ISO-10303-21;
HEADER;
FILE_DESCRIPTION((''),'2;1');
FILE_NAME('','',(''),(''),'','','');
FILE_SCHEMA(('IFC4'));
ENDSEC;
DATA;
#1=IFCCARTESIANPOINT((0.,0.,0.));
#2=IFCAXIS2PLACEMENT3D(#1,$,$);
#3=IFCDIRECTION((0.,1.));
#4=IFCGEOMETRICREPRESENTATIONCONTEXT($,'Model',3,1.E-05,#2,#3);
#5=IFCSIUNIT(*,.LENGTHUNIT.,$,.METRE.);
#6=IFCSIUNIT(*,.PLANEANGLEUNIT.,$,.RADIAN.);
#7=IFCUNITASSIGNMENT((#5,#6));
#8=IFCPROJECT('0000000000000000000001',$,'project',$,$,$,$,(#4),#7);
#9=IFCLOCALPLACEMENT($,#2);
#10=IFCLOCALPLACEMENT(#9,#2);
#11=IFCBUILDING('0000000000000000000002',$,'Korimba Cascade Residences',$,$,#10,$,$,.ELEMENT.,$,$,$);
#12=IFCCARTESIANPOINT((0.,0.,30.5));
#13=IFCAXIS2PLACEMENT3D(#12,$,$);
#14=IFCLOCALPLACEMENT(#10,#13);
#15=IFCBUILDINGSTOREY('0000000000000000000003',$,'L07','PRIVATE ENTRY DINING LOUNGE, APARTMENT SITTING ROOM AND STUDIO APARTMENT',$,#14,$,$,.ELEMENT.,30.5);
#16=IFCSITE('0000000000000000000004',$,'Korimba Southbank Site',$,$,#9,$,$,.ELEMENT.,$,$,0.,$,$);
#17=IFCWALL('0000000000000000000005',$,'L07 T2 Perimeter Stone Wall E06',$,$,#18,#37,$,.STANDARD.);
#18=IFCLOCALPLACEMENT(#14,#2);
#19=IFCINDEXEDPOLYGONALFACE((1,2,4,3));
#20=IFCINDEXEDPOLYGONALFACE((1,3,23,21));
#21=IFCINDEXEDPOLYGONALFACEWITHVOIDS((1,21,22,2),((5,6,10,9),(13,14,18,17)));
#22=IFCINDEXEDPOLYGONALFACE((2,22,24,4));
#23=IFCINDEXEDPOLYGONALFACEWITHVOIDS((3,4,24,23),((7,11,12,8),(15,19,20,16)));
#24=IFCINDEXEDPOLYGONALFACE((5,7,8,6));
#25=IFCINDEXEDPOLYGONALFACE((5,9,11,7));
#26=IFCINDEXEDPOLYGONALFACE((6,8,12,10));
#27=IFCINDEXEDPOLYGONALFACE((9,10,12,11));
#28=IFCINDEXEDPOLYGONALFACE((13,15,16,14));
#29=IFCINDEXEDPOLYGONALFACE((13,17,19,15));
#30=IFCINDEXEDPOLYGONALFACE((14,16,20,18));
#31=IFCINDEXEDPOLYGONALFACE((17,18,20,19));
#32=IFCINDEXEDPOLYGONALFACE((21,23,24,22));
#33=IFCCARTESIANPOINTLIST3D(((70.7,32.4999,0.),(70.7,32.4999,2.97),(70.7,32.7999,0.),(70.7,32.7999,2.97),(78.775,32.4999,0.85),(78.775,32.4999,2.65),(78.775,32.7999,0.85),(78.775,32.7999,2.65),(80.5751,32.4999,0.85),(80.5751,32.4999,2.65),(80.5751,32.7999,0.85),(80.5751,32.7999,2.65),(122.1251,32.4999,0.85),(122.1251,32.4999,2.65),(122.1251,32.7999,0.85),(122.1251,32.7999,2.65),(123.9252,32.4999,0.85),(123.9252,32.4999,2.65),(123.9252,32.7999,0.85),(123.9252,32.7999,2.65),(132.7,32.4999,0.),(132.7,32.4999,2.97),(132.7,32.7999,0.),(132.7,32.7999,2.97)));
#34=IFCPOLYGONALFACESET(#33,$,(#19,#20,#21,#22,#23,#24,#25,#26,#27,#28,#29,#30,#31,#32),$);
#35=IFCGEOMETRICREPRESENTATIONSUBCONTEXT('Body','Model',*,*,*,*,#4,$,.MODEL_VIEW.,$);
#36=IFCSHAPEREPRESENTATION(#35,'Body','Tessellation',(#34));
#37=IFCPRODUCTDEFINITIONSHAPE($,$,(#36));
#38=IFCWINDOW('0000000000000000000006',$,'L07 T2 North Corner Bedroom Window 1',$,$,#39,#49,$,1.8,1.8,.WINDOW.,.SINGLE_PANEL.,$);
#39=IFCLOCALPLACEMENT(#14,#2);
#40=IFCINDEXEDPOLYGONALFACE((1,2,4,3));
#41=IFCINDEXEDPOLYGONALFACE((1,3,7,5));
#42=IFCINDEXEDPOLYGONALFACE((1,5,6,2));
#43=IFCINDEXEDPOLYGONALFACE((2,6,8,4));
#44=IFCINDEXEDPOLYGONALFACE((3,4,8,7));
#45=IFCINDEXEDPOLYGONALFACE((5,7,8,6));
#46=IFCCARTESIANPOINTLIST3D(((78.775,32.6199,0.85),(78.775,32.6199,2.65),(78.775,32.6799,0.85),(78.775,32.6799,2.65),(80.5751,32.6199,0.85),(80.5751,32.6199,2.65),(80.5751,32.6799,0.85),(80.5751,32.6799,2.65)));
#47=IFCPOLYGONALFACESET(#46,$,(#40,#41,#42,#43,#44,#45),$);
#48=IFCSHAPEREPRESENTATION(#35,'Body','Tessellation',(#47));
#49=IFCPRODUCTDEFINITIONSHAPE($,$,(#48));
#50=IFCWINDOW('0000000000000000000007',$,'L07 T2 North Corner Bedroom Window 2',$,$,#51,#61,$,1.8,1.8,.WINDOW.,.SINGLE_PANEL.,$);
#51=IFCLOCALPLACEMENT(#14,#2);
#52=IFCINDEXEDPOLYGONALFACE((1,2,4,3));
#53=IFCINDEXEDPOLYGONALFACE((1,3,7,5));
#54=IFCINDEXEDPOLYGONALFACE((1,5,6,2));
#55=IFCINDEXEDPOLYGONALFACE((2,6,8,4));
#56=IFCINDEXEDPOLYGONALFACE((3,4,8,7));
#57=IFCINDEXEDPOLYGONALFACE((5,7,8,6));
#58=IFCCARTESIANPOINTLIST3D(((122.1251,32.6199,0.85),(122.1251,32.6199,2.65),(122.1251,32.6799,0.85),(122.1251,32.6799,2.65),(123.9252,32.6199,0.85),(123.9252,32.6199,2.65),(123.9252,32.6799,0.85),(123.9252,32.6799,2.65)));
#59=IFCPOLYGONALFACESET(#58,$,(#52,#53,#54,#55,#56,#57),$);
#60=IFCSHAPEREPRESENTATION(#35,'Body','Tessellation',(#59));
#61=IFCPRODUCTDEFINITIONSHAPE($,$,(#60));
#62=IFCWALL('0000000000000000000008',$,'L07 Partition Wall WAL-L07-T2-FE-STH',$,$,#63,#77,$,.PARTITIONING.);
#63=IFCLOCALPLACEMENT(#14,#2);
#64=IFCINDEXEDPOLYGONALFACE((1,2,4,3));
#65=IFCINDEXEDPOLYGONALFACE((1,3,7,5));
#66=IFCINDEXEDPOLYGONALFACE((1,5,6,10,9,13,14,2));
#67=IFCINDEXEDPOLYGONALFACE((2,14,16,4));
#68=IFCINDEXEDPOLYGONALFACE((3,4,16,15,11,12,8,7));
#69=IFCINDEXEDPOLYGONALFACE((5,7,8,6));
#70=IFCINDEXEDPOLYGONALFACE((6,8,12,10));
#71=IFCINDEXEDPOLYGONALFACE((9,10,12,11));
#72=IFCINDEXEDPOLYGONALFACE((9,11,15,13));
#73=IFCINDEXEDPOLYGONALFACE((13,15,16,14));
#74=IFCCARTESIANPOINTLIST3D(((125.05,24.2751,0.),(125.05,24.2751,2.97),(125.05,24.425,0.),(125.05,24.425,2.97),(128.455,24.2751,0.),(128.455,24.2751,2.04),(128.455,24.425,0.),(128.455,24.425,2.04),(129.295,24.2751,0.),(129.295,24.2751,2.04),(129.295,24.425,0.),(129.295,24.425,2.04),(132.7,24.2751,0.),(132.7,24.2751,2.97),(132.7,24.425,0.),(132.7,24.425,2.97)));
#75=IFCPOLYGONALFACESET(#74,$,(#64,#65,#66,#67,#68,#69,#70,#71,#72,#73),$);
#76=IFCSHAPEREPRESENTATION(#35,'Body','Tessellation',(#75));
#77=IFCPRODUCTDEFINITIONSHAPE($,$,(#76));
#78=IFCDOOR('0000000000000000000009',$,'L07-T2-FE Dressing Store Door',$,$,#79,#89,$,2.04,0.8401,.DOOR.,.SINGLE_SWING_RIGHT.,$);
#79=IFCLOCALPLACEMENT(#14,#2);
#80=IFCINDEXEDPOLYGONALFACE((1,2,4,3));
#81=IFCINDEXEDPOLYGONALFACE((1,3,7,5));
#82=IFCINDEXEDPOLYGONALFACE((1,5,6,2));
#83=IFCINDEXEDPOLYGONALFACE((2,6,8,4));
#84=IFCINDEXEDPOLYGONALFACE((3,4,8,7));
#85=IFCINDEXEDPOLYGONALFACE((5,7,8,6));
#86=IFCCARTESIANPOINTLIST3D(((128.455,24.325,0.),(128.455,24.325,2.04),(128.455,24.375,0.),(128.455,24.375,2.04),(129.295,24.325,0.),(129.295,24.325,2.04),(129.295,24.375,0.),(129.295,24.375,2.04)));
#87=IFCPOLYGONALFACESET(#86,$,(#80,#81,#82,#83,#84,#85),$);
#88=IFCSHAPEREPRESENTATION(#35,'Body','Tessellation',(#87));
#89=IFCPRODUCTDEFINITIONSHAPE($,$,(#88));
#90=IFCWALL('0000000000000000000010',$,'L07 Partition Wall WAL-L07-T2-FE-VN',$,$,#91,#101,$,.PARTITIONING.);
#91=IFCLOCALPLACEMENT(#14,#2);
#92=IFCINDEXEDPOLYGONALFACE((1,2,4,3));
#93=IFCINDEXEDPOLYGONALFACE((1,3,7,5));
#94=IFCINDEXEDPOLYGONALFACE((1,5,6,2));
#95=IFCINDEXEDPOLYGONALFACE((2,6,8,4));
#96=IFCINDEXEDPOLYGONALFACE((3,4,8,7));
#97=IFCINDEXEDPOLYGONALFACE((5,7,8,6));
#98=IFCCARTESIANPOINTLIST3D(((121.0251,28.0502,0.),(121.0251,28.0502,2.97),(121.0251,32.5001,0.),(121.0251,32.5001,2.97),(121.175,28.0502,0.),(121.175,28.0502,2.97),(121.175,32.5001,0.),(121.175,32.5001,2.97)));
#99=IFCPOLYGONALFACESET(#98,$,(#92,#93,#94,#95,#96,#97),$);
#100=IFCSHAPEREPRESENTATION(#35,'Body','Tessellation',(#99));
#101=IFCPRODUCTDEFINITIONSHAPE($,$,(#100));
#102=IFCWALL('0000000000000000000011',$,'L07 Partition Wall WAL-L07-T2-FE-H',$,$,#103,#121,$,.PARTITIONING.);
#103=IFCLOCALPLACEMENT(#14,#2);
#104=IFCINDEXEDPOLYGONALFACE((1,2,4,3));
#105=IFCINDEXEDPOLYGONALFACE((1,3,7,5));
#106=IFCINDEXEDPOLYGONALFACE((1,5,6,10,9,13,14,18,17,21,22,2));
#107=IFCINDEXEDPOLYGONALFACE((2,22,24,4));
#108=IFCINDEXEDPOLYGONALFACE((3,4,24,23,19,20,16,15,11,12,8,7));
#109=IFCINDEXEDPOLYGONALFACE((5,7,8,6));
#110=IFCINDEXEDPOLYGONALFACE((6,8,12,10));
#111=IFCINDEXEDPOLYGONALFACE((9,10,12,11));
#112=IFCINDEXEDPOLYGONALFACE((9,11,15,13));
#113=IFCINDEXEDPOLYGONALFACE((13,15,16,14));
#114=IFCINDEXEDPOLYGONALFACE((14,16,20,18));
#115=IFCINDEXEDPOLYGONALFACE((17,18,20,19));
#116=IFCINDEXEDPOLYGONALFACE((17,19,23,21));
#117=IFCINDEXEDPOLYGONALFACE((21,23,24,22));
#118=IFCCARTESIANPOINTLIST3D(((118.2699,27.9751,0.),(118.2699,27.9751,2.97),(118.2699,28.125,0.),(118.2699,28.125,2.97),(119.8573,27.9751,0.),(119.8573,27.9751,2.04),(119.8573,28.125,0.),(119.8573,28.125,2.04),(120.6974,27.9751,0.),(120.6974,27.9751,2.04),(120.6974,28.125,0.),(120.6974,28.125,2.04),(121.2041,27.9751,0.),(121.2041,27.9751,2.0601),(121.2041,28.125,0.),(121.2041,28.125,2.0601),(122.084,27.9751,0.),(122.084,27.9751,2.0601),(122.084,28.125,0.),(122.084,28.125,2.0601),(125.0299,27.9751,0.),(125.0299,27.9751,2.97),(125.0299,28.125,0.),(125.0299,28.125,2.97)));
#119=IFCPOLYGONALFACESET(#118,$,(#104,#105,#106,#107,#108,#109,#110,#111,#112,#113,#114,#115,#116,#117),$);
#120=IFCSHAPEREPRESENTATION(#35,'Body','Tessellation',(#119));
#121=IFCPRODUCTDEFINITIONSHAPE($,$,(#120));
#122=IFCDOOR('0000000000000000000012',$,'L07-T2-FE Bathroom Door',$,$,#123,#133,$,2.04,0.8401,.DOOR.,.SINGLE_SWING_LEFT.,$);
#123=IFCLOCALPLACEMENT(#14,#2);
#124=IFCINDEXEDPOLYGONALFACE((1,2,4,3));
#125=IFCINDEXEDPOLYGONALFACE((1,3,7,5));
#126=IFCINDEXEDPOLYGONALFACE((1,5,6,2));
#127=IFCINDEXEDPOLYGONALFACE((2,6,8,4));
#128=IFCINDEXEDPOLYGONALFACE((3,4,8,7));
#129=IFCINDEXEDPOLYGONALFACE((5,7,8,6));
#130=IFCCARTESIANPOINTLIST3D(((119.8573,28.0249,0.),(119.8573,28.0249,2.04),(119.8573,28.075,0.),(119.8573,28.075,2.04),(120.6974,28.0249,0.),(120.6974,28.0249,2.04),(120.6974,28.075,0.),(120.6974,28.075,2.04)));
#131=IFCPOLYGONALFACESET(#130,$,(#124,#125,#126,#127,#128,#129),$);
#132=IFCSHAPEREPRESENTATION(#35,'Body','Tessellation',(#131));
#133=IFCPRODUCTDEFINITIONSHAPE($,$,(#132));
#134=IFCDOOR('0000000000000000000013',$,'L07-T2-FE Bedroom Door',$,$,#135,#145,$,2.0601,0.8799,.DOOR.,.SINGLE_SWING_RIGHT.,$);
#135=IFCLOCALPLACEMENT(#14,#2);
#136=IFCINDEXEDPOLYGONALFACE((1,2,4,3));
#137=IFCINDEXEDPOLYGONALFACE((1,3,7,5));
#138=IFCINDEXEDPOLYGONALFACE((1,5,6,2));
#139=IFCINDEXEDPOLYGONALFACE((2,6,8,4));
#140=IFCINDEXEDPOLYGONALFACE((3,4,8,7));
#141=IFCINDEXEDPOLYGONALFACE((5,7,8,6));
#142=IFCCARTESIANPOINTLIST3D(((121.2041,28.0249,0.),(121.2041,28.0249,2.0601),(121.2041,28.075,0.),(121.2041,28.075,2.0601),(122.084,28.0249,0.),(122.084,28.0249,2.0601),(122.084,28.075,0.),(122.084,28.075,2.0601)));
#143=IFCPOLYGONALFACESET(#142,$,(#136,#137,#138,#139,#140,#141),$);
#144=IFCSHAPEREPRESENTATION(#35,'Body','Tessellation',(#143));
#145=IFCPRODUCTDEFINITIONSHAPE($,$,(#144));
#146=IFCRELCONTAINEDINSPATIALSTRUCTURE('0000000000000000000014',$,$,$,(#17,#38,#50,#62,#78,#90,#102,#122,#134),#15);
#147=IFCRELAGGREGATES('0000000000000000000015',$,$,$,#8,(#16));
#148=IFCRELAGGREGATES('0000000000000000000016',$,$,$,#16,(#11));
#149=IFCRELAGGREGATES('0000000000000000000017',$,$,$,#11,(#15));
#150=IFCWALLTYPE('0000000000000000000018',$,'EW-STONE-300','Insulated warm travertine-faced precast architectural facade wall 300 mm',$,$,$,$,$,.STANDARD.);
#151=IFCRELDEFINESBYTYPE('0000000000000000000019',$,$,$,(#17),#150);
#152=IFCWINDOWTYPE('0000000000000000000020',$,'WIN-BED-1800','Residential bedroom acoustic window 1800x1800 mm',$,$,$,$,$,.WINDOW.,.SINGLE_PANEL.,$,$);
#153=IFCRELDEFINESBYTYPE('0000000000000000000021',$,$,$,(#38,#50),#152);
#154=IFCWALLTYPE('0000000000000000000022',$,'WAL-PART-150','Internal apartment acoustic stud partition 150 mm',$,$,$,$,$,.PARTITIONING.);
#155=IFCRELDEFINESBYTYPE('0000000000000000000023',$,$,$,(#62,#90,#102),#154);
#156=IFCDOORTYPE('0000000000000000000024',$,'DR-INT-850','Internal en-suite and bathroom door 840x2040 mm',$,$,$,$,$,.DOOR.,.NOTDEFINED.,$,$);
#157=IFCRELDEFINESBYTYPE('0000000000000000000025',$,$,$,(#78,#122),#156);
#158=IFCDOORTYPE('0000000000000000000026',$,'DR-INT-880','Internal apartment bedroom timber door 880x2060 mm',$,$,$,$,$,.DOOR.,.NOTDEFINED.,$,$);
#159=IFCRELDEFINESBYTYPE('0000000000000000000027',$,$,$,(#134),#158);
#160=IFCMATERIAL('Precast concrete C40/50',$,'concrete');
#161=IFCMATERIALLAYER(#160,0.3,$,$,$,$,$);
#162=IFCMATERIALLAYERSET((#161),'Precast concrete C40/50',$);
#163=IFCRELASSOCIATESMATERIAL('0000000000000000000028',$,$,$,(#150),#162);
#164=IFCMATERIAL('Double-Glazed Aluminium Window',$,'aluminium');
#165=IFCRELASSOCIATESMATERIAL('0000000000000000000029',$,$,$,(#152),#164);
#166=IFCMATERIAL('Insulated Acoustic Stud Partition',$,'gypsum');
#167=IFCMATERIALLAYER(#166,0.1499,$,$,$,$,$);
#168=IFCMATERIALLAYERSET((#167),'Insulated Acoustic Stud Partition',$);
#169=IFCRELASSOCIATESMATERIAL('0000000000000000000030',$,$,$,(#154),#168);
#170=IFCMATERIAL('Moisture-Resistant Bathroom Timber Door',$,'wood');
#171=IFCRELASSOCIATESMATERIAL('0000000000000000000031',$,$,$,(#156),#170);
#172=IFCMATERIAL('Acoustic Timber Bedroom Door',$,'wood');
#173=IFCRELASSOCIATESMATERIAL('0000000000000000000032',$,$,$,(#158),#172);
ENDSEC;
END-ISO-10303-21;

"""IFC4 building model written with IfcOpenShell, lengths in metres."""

from ifc_helpers import new_model, si_unit, direction, frame, frame_2d, origin, place, context, subcontext, project, spatial, rectangle, extrude, material, layer, layer_set, type_object, element, fill, save


model = new_model("IFC4")

# Units and contexts
model_context = context("Model", 3, precision=1e-05, world=origin(), true_north=direction((0.0, 1.0)))
body_context = subcontext(model_context, "Body", "Model", "MODEL_VIEW")
ifc_project = project(units=[si_unit("LENGTHUNIT", "METRE"), si_unit("PLANEANGLEUNIT", "RADIAN")], contexts=[model_context])

# Site, building, storey
site_placement = place(None, origin())
site = spatial("IfcSite", under=ifc_project, at=site_placement, Name="Korimba Southbank Site", CompositionType="ELEMENT", RefElevation=0.0)
building_placement = place(site_placement, origin())
building = spatial("IfcBuilding", under=site, at=building_placement, Name="Korimba Cascade Residences", CompositionType="ELEMENT")
storey_placement = place(building_placement, frame((0.0, 0.0, 30.5)))
storey = spatial("IfcBuildingStorey", under=building, at=storey_placement, Name="L07", Description="PRIVATE ENTRY DINING LOUNGE, APARTMENT SITTING ROOM AND STUDIO APARTMENT", CompositionType="ELEMENT", Elevation=30.5)

# Shared definitions
ifc_material_1 = material(Name="Precast concrete C40/50", Category="concrete")
ifc_layer_1 = layer(ifc_material_1, 0.3)
ifc_layer_set_1 = layer_set([ifc_layer_1], Name="Precast concrete C40/50")
wall_type_1 = type_object("IfcWallType", Name="EW-STONE-300", Description="Insulated warm travertine-faced precast architectural facade wall 300 mm", PredefinedType="STANDARD", material=ifc_layer_set_1)

# Wall, openings, windows
wall_1_placement = place(storey_placement, frame((132.7, 32.6499, 0.0), z_axis=(0.0, 0.0, 1.0), x_axis=(-1.0, 0.0, 0.0)))
wall_1 = element("IfcWall", 1, at=wall_1_placement, inside=storey, type_object=wall_type_1, Name="L07 T2 Perimeter Stone Wall E06", PredefinedType="STANDARD", context=body_context, shape_type="SweptSolid", body=[
    extrude(rectangle(XDim=62.0, YDim=0.3, at=frame_2d((31.0, 0.0))), origin(), (0.0, 0.0, 1.0), 2.97),
])
opening_1_placement = place(wall_1_placement, frame((52.125, 0.0, 0.8501)))
opening_1 = element("IfcOpeningElement", 2, at=opening_1_placement, cuts=wall_1, PredefinedType="OPENING", context=body_context, shape_type="SweptSolid", body=[
    extrude(rectangle(XDim=1.8, YDim=1.8, at=frame_2d((0.8999, 0.8999))), frame((0.0, 0.1602, 0.0), z_axis=(0.0, -1.0, 0.0), x_axis=(1.0, 0.0, 0.0)), (0.0, 0.0, 1.0), 0.3201),
])
opening_2_placement = place(wall_1_placement, frame((8.7749, 0.0, 0.8501)))
opening_2 = element("IfcOpeningElement", 3, at=opening_2_placement, cuts=wall_1, PredefinedType="OPENING", context=body_context, shape_type="SweptSolid", body=[
    extrude(rectangle(XDim=1.8, YDim=1.8, at=frame_2d((0.8999, 0.8999))), frame((0.0, 0.1602, 0.0), z_axis=(0.0, -1.0, 0.0), x_axis=(1.0, 0.0, 0.0)), (0.0, 0.0, 1.0), 0.3201),
])
ifc_material_2 = material(Name="Double-Glazed Aluminium Window", Category="aluminium")
window_type = type_object("IfcWindowType", Name="WIN-BED-1800", Description="Residential bedroom acoustic window 1800x1800 mm", PartitioningType="SINGLE_PANEL", PredefinedType="WINDOW", material=ifc_material_2)
window_1_placement = place(opening_1_placement, origin())
window_1 = element("IfcWindow", 4, at=window_1_placement, inside=storey, type_object=window_type, Name="L07 T2 North Corner Bedroom Window 1", OverallHeight=1.8, OverallWidth=1.8, PartitioningType="SINGLE_PANEL", PredefinedType="WINDOW", context=body_context, shape_type="SweptSolid", body=[
    extrude(rectangle(XDim=1.8, YDim=1.8, at=frame_2d((0.8999, 0.8999))), frame((0.0, 0.03, 0.0), z_axis=(0.0, -1.0, 0.0), x_axis=(1.0, 0.0, 0.0)), (0.0, 0.0, 1.0), 0.0601),
])
fill(opening_1, window_1)
window_2_placement = place(opening_2_placement, origin())
window_2 = element("IfcWindow", 5, at=window_2_placement, inside=storey, type_object=window_type, Name="L07 T2 North Corner Bedroom Window 2", OverallHeight=1.8, OverallWidth=1.8, PartitioningType="SINGLE_PANEL", PredefinedType="WINDOW", context=body_context, shape_type="SweptSolid", body=[
    extrude(rectangle(XDim=1.8, YDim=1.8, at=frame_2d((0.8999, 0.8999))), frame((0.0, 0.03, 0.0), z_axis=(0.0, -1.0, 0.0), x_axis=(1.0, 0.0, 0.0)), (0.0, 0.0, 1.0), 0.0601),
])
fill(opening_2, window_2)

# Wall, opening, door
ifc_material_3 = material(Name="Insulated Acoustic Stud Partition", Category="gypsum")
ifc_layer_2 = layer(ifc_material_3, 0.1499)
ifc_layer_set_2 = layer_set([ifc_layer_2], Name="Insulated Acoustic Stud Partition")
wall_type_2 = type_object("IfcWallType", Name="WAL-PART-150", Description="Internal apartment acoustic stud partition 150 mm", PredefinedType="PARTITIONING", material=ifc_layer_set_2)
wall_2_placement = place(storey_placement, frame((125.05, 24.3501, 0.0), z_axis=(0.0, 0.0, 1.0), x_axis=(1.0, 0.0, 0.0)))
wall_2 = element("IfcWall", 6, at=wall_2_placement, inside=storey, type_object=wall_type_2, Name="L07 Partition Wall WAL-L07-T2-FE-STH", PredefinedType="PARTITIONING", context=body_context, shape_type="SweptSolid", body=[
    extrude(rectangle(XDim=7.6499, YDim=0.1499, at=frame_2d((3.825, 0.0))), origin(), (0.0, 0.0, 1.0), 2.97),
])
opening_3_placement = place(wall_2_placement, frame((3.405, 0.0, 0.0)))
opening_3 = element("IfcOpeningElement", 7, at=opening_3_placement, cuts=wall_2, PredefinedType="OPENING", context=body_context, shape_type="SweptSolid", body=[
    extrude(rectangle(XDim=0.8401, YDim=2.04, at=frame_2d((0.4199, 1.02))), frame((0.0, 0.085, 0.0), z_axis=(0.0, -1.0, 0.0), x_axis=(1.0, 0.0, 0.0)), (0.0, 0.0, 1.0), 0.1699),
])
ifc_material_4 = material(Name="Moisture-Resistant Bathroom Timber Door", Category="wood")
door_type_1 = type_object("IfcDoorType", Name="DR-INT-850", Description="Internal en-suite and bathroom door 840x2040 mm", OperationType="NOTDEFINED", PredefinedType="DOOR", material=ifc_material_4)
door_1_placement = place(opening_3_placement, origin())
door_1 = element("IfcDoor", 8, at=door_1_placement, inside=storey, type_object=door_type_1, Name="L07-T2-FE Dressing Store Door", OperationType="SINGLE_SWING_RIGHT", OverallHeight=2.04, OverallWidth=0.8401, PredefinedType="DOOR", context=body_context, shape_type="SweptSolid", body=[
    extrude(rectangle(XDim=0.8401, YDim=2.04, at=frame_2d((0.4199, 1.02))), frame((0.0, 0.0249, 0.0), z_axis=(0.0, -1.0, 0.0), x_axis=(1.0, 0.0, 0.0)), (0.0, 0.0, 1.0), 0.05),
])
fill(opening_3, door_1)

# Wall
wall_3_placement = place(storey_placement, frame((121.1001, 28.05, 0.0), z_axis=(0.0, 0.0, 1.0), x_axis=(0.0, 1.0, 0.0)))
element("IfcWall", 9, at=wall_3_placement, inside=storey, type_object=wall_type_2, Name="L07 Partition Wall WAL-L07-T2-FE-VN", PredefinedType="PARTITIONING", context=body_context, shape_type="SweptSolid", body=[
    extrude(rectangle(XDim=4.45, YDim=0.1499, at=frame_2d((2.2251, 0.0))), origin(), (0.0, 0.0, 1.0), 2.97),
])

# Wall, openings, doors
wall_4_placement = place(storey_placement, frame((118.27, 28.05, 0.0), z_axis=(0.0, 0.0, 1.0), x_axis=(1.0, 0.0, 0.0)))
wall_4 = element("IfcWall", 10, at=wall_4_placement, inside=storey, type_object=wall_type_2, Name="L07 Partition Wall WAL-L07-T2-FE-H", PredefinedType="PARTITIONING", context=body_context, shape_type="SweptSolid", body=[
    extrude(rectangle(XDim=6.76, YDim=0.1499, at=frame_2d((3.3799, 0.0))), origin(), (0.0, 0.0, 1.0), 2.97),
])
opening_4_placement = place(wall_4_placement, frame((1.5874, 0.0, 0.0)))
opening_4 = element("IfcOpeningElement", 11, at=opening_4_placement, cuts=wall_4, PredefinedType="OPENING", context=body_context, shape_type="SweptSolid", body=[
    extrude(rectangle(XDim=0.8401, YDim=2.04, at=frame_2d((0.4199, 1.02))), frame((0.0, 0.085, 0.0), z_axis=(0.0, -1.0, 0.0), x_axis=(1.0, 0.0, 0.0)), (0.0, 0.0, 1.0), 0.1699),
])
opening_5_placement = place(wall_4_placement, frame((2.9341, 0.0, 0.0)))
opening_5 = element("IfcOpeningElement", 12, at=opening_5_placement, cuts=wall_4, PredefinedType="OPENING", context=body_context, shape_type="SweptSolid", body=[
    extrude(rectangle(XDim=0.8799, YDim=2.0601, at=frame_2d((0.4399, 1.03))), frame((0.0, 0.085, 0.0), z_axis=(0.0, -1.0, 0.0), x_axis=(1.0, 0.0, 0.0)), (0.0, 0.0, 1.0), 0.1699),
])
door_2_placement = place(opening_4_placement, origin())
door_2 = element("IfcDoor", 13, at=door_2_placement, inside=storey, type_object=door_type_1, Name="L07-T2-FE Bathroom Door", OperationType="SINGLE_SWING_LEFT", OverallHeight=2.04, OverallWidth=0.8401, PredefinedType="DOOR", context=body_context, shape_type="SweptSolid", body=[
    extrude(rectangle(XDim=0.8401, YDim=2.04, at=frame_2d((0.4199, 1.02))), frame((0.0, 0.0249, 0.0), z_axis=(0.0, -1.0, 0.0), x_axis=(1.0, 0.0, 0.0)), (0.0, 0.0, 1.0), 0.05),
])
fill(opening_4, door_2)
ifc_material_5 = material(Name="Acoustic Timber Bedroom Door", Category="wood")
door_type_2 = type_object("IfcDoorType", Name="DR-INT-880", Description="Internal apartment bedroom timber door 880x2060 mm", OperationType="NOTDEFINED", PredefinedType="DOOR", material=ifc_material_5)
door_3_placement = place(opening_5_placement, origin())
door_3 = element("IfcDoor", 14, at=door_3_placement, inside=storey, type_object=door_type_2, Name="L07-T2-FE Bedroom Door", OperationType="SINGLE_SWING_RIGHT", OverallHeight=2.0601, OverallWidth=0.8799, PredefinedType="DOOR", context=body_context, shape_type="SweptSolid", body=[
    extrude(rectangle(XDim=0.8799, YDim=2.0601, at=frame_2d((0.4399, 1.03))), frame((0.0, 0.0249, 0.0), z_axis=(0.0, -1.0, 0.0), x_axis=(1.0, 0.0, 0.0)), (0.0, 0.0, 1.0), 0.05),
])
fill(opening_5, door_3)

save(model, "model.ifc")
